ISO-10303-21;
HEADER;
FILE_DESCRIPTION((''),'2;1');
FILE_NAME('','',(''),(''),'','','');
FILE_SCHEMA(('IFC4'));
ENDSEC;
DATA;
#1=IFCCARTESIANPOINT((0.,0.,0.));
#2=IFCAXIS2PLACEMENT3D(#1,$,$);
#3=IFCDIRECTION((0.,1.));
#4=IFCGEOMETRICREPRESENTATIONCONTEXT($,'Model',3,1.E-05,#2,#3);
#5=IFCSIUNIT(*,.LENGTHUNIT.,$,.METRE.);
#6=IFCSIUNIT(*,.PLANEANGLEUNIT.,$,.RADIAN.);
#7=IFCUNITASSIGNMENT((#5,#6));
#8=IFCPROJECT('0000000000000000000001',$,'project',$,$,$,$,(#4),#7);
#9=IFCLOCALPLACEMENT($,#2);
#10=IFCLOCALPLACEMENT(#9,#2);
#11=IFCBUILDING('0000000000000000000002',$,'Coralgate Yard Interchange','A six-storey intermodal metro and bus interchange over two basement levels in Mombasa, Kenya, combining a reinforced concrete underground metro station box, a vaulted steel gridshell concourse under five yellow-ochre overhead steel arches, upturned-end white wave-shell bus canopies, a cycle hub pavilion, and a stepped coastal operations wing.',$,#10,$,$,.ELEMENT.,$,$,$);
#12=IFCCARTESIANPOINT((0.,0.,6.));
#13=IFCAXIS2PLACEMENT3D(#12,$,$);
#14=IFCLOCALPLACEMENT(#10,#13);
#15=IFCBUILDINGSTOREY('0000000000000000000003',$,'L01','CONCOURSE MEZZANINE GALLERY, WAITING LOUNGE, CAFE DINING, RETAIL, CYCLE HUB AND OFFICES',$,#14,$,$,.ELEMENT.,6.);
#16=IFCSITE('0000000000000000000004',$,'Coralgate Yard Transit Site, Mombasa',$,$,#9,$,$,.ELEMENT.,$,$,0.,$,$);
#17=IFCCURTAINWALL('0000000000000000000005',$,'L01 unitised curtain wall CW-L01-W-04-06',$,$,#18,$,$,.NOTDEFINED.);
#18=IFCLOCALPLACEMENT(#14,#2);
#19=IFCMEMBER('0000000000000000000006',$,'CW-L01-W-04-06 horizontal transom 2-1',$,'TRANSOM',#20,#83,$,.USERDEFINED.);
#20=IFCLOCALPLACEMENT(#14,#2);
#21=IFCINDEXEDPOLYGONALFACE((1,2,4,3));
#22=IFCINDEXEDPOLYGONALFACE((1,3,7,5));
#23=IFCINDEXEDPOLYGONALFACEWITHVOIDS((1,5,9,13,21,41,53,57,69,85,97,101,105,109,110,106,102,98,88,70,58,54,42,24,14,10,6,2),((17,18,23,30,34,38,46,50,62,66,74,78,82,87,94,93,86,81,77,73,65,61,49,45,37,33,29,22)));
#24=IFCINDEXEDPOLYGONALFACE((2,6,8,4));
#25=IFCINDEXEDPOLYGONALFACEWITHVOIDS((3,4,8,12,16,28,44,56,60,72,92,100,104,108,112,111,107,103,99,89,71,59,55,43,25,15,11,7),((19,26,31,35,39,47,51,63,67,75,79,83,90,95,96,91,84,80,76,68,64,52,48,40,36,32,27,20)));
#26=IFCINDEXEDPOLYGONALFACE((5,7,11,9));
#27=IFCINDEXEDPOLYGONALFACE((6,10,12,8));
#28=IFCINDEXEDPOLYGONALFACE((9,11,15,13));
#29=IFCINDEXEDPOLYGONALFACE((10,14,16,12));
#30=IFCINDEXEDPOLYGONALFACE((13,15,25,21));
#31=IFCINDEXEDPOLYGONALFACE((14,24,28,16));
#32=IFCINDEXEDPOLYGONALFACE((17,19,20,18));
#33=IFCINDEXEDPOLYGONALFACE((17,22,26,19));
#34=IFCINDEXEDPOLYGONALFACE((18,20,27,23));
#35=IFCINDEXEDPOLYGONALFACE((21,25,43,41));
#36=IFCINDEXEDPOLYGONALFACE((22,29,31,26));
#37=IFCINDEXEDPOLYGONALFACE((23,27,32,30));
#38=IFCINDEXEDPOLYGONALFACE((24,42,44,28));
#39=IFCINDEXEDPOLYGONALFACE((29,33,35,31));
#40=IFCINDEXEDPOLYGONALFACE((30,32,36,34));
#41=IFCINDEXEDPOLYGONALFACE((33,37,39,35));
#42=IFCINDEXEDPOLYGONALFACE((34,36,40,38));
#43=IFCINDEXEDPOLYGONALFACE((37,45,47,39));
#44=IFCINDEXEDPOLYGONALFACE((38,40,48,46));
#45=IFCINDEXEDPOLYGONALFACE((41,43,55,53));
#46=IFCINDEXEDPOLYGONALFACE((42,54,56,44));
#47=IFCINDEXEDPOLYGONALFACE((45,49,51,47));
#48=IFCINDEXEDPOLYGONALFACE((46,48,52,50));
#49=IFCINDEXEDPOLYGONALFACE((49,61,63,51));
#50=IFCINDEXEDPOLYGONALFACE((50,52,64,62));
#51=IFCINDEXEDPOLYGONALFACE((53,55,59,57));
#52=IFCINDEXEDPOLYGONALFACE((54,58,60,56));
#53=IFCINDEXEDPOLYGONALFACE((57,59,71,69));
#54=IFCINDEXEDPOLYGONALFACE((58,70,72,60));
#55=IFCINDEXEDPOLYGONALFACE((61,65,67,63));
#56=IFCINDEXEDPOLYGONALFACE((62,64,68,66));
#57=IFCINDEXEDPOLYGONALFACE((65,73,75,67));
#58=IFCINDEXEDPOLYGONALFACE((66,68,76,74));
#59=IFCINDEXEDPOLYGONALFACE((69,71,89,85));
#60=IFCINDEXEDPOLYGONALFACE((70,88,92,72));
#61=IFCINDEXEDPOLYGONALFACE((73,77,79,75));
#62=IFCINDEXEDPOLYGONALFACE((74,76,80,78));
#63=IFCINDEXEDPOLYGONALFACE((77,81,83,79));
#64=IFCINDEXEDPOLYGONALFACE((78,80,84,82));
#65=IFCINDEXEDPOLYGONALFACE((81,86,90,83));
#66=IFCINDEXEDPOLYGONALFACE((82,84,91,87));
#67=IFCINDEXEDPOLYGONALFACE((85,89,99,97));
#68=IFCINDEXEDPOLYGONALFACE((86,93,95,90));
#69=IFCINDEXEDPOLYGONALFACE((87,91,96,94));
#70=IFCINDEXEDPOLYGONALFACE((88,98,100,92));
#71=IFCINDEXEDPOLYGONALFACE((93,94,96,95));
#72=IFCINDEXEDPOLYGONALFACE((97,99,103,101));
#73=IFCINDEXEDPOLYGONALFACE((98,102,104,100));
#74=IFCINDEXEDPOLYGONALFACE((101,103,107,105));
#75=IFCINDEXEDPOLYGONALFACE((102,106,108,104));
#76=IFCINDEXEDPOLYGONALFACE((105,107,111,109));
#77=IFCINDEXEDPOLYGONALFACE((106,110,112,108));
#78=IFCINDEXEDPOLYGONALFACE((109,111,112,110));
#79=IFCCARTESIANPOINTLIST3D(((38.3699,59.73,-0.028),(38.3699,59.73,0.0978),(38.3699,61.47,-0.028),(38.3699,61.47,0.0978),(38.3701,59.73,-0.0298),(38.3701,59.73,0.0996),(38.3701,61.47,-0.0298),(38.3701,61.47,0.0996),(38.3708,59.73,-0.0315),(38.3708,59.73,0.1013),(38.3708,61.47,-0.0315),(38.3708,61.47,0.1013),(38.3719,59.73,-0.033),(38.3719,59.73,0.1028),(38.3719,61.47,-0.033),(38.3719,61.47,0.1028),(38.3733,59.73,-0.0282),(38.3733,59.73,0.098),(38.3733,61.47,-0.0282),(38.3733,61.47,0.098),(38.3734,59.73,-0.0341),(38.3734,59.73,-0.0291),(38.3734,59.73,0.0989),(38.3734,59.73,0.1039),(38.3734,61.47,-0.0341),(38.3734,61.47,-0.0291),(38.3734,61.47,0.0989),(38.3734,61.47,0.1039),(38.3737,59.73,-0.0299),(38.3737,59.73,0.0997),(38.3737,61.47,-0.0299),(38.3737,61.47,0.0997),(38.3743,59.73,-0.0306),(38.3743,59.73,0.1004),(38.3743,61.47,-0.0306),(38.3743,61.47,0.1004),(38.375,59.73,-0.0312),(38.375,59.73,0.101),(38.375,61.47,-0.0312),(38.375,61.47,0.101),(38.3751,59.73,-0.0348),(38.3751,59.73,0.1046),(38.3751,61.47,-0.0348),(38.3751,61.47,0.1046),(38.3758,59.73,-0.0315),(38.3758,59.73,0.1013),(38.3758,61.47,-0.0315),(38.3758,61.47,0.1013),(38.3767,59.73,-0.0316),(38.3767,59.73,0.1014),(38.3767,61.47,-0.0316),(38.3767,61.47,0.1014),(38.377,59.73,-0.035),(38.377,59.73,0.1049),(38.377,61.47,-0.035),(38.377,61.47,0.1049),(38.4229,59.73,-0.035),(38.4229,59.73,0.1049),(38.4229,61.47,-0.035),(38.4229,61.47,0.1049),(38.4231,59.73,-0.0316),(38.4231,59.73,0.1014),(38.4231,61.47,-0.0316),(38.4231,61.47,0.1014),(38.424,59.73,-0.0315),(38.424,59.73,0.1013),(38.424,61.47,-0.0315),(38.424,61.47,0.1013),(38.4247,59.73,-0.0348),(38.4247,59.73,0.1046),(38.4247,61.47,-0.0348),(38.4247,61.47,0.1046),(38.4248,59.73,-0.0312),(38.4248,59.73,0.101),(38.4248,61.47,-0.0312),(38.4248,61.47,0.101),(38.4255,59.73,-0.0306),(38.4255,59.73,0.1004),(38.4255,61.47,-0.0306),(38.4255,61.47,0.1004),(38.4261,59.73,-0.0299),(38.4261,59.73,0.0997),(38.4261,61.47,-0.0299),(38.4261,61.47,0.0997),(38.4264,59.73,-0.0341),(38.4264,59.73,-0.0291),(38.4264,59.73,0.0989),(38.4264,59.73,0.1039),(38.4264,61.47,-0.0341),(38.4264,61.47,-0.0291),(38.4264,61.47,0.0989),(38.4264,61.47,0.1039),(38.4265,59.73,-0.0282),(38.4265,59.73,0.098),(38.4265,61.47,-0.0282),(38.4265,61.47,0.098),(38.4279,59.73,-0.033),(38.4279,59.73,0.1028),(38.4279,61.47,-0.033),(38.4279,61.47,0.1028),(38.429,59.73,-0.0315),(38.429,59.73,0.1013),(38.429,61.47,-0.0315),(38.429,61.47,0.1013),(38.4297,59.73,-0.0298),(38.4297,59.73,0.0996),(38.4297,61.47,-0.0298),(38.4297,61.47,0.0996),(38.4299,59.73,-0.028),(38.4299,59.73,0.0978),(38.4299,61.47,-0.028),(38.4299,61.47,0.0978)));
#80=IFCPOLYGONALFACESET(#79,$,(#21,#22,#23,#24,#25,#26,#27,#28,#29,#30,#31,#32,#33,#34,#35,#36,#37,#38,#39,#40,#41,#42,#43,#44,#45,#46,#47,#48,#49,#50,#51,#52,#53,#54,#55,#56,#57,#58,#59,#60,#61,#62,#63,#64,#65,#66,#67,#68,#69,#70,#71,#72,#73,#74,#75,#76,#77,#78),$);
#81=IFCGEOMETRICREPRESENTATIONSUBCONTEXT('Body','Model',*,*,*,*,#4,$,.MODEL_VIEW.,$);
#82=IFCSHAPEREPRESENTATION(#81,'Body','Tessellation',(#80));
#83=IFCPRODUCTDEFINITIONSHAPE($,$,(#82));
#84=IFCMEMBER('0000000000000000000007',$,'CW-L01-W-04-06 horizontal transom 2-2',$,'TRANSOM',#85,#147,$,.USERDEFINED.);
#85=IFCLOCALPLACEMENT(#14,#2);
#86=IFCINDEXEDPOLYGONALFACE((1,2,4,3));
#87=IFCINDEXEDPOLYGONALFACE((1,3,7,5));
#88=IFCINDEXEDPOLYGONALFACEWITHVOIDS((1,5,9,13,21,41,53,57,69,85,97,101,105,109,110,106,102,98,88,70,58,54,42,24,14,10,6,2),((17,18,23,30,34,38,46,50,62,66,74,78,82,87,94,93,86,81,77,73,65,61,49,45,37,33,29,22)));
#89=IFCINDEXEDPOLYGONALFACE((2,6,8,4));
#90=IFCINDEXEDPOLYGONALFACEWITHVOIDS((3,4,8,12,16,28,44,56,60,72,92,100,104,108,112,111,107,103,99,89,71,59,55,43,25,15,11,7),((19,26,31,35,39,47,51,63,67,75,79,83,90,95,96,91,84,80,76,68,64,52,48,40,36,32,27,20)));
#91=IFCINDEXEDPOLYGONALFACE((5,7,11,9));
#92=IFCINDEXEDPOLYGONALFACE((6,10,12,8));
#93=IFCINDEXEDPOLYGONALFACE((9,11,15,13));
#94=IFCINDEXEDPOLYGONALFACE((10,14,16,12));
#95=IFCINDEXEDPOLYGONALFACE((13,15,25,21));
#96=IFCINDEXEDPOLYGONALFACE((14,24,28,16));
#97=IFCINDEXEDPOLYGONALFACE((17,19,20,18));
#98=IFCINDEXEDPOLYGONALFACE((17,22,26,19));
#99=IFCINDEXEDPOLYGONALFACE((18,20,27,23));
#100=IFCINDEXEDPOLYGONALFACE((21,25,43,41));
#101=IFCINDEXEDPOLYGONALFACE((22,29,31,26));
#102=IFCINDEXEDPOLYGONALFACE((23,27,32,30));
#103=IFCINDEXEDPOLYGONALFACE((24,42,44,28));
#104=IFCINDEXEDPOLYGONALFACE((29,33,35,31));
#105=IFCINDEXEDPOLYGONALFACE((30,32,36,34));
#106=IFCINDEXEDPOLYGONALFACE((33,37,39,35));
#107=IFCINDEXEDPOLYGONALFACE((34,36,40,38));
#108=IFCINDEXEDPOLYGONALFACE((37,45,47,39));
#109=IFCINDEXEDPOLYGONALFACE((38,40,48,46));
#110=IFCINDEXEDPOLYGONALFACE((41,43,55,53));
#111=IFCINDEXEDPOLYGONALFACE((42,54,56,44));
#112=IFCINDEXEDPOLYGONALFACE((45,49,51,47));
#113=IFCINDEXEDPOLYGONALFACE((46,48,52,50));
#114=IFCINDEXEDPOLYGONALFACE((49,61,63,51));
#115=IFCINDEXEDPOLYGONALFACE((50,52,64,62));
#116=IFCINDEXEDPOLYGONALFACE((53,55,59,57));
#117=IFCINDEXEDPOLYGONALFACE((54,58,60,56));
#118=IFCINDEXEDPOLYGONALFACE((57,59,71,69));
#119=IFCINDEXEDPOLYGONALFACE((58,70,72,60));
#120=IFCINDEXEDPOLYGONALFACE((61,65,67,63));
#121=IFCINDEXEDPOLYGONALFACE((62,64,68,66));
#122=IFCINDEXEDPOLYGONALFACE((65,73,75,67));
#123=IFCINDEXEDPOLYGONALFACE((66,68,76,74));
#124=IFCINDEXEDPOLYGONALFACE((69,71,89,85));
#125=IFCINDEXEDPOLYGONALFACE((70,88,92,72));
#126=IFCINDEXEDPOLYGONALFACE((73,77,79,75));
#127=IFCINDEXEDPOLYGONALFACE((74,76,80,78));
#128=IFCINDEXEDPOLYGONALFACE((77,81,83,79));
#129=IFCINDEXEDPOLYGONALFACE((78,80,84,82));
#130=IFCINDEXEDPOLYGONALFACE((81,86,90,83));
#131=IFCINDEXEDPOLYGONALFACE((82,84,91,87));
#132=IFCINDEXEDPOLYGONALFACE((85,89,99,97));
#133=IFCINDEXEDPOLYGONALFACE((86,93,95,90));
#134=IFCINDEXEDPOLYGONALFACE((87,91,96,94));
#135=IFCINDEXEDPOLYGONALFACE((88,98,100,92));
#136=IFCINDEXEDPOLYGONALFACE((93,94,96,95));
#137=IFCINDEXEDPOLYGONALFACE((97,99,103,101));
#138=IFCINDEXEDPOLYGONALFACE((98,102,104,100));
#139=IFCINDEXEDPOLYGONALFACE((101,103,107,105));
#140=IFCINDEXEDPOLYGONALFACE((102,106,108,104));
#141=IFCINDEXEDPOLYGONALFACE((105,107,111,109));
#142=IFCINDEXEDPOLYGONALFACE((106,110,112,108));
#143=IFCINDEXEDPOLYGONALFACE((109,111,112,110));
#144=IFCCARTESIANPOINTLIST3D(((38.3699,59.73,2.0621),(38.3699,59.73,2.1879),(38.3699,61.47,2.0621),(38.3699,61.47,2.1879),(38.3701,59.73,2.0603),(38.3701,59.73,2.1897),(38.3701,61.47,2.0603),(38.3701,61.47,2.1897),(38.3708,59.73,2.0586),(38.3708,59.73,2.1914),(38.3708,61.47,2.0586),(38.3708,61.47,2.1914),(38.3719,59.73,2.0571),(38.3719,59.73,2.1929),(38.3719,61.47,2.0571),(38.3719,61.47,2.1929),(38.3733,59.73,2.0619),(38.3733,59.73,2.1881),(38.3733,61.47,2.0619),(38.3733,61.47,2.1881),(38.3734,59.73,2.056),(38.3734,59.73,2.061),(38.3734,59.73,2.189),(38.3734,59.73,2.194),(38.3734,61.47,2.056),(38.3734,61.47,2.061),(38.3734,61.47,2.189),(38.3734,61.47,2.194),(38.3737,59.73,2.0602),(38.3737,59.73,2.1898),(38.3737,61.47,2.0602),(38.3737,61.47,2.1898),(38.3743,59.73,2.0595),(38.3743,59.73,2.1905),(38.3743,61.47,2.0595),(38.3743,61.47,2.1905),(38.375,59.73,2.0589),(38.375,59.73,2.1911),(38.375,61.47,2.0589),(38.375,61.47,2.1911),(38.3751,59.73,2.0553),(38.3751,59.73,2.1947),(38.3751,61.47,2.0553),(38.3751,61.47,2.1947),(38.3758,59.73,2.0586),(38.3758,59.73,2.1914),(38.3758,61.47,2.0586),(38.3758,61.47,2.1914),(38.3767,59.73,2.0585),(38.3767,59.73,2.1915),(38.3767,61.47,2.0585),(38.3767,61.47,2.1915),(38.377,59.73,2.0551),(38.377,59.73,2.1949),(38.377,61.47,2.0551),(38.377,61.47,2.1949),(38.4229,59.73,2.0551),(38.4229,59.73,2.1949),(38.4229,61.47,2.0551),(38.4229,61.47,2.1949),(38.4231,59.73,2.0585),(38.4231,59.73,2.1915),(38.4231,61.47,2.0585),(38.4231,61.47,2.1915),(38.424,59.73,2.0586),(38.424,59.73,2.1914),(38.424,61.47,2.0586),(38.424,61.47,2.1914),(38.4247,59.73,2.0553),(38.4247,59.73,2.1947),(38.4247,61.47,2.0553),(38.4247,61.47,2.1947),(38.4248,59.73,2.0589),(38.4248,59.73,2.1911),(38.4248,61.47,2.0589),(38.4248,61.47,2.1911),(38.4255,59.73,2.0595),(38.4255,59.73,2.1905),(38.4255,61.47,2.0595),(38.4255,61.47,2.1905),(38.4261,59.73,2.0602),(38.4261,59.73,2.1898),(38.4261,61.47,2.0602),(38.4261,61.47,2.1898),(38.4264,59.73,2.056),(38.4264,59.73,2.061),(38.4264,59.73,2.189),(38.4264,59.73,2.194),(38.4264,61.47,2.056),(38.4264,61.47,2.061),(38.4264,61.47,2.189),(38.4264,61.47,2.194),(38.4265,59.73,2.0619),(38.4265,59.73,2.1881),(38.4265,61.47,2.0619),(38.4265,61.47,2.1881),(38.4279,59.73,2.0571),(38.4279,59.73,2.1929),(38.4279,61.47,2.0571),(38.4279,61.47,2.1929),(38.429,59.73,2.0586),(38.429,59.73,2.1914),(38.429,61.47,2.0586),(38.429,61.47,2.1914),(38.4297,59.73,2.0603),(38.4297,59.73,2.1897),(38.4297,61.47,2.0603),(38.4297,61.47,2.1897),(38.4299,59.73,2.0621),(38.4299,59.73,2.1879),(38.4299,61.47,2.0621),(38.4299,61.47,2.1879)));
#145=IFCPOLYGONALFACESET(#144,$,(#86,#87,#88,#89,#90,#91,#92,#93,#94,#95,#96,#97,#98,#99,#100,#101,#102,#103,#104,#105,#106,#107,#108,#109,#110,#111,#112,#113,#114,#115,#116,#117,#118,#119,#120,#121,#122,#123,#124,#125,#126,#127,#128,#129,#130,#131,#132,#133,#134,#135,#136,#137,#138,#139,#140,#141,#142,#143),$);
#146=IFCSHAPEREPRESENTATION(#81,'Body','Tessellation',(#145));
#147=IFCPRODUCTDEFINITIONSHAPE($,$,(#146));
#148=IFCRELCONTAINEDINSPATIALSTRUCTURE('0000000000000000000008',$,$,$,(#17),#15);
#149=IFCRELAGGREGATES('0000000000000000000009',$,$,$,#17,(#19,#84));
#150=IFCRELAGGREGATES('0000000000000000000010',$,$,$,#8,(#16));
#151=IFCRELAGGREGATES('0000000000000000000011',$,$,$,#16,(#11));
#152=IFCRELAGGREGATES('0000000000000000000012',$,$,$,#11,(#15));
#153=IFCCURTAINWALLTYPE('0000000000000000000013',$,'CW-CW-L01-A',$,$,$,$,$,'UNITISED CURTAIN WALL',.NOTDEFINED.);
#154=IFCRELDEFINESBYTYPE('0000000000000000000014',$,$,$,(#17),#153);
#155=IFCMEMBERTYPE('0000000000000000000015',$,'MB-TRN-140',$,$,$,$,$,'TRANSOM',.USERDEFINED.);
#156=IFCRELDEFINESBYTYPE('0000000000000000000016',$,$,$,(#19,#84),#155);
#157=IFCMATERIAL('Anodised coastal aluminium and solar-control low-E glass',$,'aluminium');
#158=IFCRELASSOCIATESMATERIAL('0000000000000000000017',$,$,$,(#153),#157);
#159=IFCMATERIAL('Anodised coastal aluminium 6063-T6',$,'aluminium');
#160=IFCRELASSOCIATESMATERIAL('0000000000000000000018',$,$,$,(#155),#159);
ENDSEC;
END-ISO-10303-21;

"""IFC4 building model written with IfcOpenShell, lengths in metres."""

from ifc_helpers import new_model, si_unit, direction, frame, origin, origin_2d, place, context, subcontext, project, spatial, hollow_rectangle, extrude, material, material_profile, profile_set, type_object, element, aggregate, save


model = new_model("IFC4")

# Units and contexts
model_context = context("Model", 3, precision=1e-05, world=origin(), true_north=direction((0.0, 1.0)))
body_context = subcontext(model_context, "Body", "Model", "MODEL_VIEW")
ifc_project = project(units=[si_unit("LENGTHUNIT", "METRE"), si_unit("PLANEANGLEUNIT", "RADIAN")], contexts=[model_context])

# Site, building, storey
site_placement = place(None, origin())
site = spatial("IfcSite", under=ifc_project, at=site_placement, Name="Coralgate Yard Transit Site, Mombasa", CompositionType="ELEMENT", RefElevation=0.0)
building_placement = place(site_placement, origin())
building = spatial("IfcBuilding", under=site, at=building_placement, Name="Coralgate Yard Interchange", Description="A six-storey intermodal metro and bus interchange over two basement levels in Mombasa, Kenya, combining a reinforced concrete underground metro station box, a vaulted steel gridshell concourse under five yellow-ochre overhead steel arches, upturned-end white wave-shell bus canopies, a cycle hub pavilion, and a stepped coastal operations wing.", CompositionType="ELEMENT")
storey_placement = place(building_placement, frame((0.0, 0.0, 6.0)))
storey = spatial("IfcBuildingStorey", under=building, at=storey_placement, Name="L01", Description="CONCOURSE MEZZANINE GALLERY, WAITING LOUNGE, CAFE DINING, RETAIL, CYCLE HUB AND OFFICES", CompositionType="ELEMENT", Elevation=6.0)

# Curtain wall, members
ifc_material_1 = material(Name="Anodised coastal aluminium and solar-control low-E glass", Category="aluminium")
curtain_wall_type = type_object("IfcCurtainWallType", Name="CW-CW-L01-A", ElementType="UNITISED CURTAIN WALL", PredefinedType="NOTDEFINED", material=ifc_material_1)
curtain_wall_placement = place(storey_placement, origin())
curtain_wall = element("IfcCurtainWall", 1, at=curtain_wall_placement, inside=storey, type_object=curtain_wall_type, Name="L01 unitised curtain wall CW-L01-W-04-06", PredefinedType="NOTDEFINED")
ifc_material_2 = material(Name="Anodised coastal aluminium 6063-T6", Category="aluminium")
ifc_material_profile_1 = material_profile(ifc_material_2, hollow_rectangle(XDim=0.0601, YDim=0.1399, WallThickness=0.0034, InnerFilletRadius=0.0034, OuterFilletRadius=0.0071, at=origin_2d()), Name="ALU 60x140x3.5")
ifc_profile_set_1 = profile_set([ifc_material_profile_1], Name="Anodised coastal aluminium 6063-T6")
member_type_1 = type_object("IfcMemberType", Name="MB-TRN-140", ElementType="TRANSOM", PredefinedType="USERDEFINED", material=ifc_profile_set_1)
member_1_placement = place(storey_placement, frame((38.3999, 59.73, 0.0349), z_axis=(0.0, 1.0, 0.0), x_axis=(-1.0, 0.0, 0.0)))
member_1 = element("IfcMember", 2, at=member_1_placement, type_object=member_type_1, Name="CW-L01-W-04-06 horizontal transom 2-1", ObjectType="TRANSOM", PredefinedType="USERDEFINED", context=body_context, shape_type="SweptSolid", body=[
    extrude(hollow_rectangle(XDim=0.0601, YDim=0.1399, WallThickness=0.0034, InnerFilletRadius=0.0034, OuterFilletRadius=0.0071, at=origin_2d()), origin(), (0.0, 0.0, 1.0), 1.74),
])
member_2_placement = place(storey_placement, frame((38.3999, 59.73, 2.125), z_axis=(0.0, 1.0, 0.0), x_axis=(-1.0, 0.0, 0.0)))
member_2 = element("IfcMember", 3, at=member_2_placement, type_object=member_type_1, Name="CW-L01-W-04-06 horizontal transom 2-2", ObjectType="TRANSOM", PredefinedType="USERDEFINED", context=body_context, shape_type="SweptSolid", body=[
    extrude(hollow_rectangle(XDim=0.0601, YDim=0.1399, WallThickness=0.0034, InnerFilletRadius=0.0034, OuterFilletRadius=0.0071, at=origin_2d()), origin(), (0.0, 0.0, 1.0), 1.74),
])
aggregate(curtain_wall, [member_1, member_2])

save(model, "model.ifc")
